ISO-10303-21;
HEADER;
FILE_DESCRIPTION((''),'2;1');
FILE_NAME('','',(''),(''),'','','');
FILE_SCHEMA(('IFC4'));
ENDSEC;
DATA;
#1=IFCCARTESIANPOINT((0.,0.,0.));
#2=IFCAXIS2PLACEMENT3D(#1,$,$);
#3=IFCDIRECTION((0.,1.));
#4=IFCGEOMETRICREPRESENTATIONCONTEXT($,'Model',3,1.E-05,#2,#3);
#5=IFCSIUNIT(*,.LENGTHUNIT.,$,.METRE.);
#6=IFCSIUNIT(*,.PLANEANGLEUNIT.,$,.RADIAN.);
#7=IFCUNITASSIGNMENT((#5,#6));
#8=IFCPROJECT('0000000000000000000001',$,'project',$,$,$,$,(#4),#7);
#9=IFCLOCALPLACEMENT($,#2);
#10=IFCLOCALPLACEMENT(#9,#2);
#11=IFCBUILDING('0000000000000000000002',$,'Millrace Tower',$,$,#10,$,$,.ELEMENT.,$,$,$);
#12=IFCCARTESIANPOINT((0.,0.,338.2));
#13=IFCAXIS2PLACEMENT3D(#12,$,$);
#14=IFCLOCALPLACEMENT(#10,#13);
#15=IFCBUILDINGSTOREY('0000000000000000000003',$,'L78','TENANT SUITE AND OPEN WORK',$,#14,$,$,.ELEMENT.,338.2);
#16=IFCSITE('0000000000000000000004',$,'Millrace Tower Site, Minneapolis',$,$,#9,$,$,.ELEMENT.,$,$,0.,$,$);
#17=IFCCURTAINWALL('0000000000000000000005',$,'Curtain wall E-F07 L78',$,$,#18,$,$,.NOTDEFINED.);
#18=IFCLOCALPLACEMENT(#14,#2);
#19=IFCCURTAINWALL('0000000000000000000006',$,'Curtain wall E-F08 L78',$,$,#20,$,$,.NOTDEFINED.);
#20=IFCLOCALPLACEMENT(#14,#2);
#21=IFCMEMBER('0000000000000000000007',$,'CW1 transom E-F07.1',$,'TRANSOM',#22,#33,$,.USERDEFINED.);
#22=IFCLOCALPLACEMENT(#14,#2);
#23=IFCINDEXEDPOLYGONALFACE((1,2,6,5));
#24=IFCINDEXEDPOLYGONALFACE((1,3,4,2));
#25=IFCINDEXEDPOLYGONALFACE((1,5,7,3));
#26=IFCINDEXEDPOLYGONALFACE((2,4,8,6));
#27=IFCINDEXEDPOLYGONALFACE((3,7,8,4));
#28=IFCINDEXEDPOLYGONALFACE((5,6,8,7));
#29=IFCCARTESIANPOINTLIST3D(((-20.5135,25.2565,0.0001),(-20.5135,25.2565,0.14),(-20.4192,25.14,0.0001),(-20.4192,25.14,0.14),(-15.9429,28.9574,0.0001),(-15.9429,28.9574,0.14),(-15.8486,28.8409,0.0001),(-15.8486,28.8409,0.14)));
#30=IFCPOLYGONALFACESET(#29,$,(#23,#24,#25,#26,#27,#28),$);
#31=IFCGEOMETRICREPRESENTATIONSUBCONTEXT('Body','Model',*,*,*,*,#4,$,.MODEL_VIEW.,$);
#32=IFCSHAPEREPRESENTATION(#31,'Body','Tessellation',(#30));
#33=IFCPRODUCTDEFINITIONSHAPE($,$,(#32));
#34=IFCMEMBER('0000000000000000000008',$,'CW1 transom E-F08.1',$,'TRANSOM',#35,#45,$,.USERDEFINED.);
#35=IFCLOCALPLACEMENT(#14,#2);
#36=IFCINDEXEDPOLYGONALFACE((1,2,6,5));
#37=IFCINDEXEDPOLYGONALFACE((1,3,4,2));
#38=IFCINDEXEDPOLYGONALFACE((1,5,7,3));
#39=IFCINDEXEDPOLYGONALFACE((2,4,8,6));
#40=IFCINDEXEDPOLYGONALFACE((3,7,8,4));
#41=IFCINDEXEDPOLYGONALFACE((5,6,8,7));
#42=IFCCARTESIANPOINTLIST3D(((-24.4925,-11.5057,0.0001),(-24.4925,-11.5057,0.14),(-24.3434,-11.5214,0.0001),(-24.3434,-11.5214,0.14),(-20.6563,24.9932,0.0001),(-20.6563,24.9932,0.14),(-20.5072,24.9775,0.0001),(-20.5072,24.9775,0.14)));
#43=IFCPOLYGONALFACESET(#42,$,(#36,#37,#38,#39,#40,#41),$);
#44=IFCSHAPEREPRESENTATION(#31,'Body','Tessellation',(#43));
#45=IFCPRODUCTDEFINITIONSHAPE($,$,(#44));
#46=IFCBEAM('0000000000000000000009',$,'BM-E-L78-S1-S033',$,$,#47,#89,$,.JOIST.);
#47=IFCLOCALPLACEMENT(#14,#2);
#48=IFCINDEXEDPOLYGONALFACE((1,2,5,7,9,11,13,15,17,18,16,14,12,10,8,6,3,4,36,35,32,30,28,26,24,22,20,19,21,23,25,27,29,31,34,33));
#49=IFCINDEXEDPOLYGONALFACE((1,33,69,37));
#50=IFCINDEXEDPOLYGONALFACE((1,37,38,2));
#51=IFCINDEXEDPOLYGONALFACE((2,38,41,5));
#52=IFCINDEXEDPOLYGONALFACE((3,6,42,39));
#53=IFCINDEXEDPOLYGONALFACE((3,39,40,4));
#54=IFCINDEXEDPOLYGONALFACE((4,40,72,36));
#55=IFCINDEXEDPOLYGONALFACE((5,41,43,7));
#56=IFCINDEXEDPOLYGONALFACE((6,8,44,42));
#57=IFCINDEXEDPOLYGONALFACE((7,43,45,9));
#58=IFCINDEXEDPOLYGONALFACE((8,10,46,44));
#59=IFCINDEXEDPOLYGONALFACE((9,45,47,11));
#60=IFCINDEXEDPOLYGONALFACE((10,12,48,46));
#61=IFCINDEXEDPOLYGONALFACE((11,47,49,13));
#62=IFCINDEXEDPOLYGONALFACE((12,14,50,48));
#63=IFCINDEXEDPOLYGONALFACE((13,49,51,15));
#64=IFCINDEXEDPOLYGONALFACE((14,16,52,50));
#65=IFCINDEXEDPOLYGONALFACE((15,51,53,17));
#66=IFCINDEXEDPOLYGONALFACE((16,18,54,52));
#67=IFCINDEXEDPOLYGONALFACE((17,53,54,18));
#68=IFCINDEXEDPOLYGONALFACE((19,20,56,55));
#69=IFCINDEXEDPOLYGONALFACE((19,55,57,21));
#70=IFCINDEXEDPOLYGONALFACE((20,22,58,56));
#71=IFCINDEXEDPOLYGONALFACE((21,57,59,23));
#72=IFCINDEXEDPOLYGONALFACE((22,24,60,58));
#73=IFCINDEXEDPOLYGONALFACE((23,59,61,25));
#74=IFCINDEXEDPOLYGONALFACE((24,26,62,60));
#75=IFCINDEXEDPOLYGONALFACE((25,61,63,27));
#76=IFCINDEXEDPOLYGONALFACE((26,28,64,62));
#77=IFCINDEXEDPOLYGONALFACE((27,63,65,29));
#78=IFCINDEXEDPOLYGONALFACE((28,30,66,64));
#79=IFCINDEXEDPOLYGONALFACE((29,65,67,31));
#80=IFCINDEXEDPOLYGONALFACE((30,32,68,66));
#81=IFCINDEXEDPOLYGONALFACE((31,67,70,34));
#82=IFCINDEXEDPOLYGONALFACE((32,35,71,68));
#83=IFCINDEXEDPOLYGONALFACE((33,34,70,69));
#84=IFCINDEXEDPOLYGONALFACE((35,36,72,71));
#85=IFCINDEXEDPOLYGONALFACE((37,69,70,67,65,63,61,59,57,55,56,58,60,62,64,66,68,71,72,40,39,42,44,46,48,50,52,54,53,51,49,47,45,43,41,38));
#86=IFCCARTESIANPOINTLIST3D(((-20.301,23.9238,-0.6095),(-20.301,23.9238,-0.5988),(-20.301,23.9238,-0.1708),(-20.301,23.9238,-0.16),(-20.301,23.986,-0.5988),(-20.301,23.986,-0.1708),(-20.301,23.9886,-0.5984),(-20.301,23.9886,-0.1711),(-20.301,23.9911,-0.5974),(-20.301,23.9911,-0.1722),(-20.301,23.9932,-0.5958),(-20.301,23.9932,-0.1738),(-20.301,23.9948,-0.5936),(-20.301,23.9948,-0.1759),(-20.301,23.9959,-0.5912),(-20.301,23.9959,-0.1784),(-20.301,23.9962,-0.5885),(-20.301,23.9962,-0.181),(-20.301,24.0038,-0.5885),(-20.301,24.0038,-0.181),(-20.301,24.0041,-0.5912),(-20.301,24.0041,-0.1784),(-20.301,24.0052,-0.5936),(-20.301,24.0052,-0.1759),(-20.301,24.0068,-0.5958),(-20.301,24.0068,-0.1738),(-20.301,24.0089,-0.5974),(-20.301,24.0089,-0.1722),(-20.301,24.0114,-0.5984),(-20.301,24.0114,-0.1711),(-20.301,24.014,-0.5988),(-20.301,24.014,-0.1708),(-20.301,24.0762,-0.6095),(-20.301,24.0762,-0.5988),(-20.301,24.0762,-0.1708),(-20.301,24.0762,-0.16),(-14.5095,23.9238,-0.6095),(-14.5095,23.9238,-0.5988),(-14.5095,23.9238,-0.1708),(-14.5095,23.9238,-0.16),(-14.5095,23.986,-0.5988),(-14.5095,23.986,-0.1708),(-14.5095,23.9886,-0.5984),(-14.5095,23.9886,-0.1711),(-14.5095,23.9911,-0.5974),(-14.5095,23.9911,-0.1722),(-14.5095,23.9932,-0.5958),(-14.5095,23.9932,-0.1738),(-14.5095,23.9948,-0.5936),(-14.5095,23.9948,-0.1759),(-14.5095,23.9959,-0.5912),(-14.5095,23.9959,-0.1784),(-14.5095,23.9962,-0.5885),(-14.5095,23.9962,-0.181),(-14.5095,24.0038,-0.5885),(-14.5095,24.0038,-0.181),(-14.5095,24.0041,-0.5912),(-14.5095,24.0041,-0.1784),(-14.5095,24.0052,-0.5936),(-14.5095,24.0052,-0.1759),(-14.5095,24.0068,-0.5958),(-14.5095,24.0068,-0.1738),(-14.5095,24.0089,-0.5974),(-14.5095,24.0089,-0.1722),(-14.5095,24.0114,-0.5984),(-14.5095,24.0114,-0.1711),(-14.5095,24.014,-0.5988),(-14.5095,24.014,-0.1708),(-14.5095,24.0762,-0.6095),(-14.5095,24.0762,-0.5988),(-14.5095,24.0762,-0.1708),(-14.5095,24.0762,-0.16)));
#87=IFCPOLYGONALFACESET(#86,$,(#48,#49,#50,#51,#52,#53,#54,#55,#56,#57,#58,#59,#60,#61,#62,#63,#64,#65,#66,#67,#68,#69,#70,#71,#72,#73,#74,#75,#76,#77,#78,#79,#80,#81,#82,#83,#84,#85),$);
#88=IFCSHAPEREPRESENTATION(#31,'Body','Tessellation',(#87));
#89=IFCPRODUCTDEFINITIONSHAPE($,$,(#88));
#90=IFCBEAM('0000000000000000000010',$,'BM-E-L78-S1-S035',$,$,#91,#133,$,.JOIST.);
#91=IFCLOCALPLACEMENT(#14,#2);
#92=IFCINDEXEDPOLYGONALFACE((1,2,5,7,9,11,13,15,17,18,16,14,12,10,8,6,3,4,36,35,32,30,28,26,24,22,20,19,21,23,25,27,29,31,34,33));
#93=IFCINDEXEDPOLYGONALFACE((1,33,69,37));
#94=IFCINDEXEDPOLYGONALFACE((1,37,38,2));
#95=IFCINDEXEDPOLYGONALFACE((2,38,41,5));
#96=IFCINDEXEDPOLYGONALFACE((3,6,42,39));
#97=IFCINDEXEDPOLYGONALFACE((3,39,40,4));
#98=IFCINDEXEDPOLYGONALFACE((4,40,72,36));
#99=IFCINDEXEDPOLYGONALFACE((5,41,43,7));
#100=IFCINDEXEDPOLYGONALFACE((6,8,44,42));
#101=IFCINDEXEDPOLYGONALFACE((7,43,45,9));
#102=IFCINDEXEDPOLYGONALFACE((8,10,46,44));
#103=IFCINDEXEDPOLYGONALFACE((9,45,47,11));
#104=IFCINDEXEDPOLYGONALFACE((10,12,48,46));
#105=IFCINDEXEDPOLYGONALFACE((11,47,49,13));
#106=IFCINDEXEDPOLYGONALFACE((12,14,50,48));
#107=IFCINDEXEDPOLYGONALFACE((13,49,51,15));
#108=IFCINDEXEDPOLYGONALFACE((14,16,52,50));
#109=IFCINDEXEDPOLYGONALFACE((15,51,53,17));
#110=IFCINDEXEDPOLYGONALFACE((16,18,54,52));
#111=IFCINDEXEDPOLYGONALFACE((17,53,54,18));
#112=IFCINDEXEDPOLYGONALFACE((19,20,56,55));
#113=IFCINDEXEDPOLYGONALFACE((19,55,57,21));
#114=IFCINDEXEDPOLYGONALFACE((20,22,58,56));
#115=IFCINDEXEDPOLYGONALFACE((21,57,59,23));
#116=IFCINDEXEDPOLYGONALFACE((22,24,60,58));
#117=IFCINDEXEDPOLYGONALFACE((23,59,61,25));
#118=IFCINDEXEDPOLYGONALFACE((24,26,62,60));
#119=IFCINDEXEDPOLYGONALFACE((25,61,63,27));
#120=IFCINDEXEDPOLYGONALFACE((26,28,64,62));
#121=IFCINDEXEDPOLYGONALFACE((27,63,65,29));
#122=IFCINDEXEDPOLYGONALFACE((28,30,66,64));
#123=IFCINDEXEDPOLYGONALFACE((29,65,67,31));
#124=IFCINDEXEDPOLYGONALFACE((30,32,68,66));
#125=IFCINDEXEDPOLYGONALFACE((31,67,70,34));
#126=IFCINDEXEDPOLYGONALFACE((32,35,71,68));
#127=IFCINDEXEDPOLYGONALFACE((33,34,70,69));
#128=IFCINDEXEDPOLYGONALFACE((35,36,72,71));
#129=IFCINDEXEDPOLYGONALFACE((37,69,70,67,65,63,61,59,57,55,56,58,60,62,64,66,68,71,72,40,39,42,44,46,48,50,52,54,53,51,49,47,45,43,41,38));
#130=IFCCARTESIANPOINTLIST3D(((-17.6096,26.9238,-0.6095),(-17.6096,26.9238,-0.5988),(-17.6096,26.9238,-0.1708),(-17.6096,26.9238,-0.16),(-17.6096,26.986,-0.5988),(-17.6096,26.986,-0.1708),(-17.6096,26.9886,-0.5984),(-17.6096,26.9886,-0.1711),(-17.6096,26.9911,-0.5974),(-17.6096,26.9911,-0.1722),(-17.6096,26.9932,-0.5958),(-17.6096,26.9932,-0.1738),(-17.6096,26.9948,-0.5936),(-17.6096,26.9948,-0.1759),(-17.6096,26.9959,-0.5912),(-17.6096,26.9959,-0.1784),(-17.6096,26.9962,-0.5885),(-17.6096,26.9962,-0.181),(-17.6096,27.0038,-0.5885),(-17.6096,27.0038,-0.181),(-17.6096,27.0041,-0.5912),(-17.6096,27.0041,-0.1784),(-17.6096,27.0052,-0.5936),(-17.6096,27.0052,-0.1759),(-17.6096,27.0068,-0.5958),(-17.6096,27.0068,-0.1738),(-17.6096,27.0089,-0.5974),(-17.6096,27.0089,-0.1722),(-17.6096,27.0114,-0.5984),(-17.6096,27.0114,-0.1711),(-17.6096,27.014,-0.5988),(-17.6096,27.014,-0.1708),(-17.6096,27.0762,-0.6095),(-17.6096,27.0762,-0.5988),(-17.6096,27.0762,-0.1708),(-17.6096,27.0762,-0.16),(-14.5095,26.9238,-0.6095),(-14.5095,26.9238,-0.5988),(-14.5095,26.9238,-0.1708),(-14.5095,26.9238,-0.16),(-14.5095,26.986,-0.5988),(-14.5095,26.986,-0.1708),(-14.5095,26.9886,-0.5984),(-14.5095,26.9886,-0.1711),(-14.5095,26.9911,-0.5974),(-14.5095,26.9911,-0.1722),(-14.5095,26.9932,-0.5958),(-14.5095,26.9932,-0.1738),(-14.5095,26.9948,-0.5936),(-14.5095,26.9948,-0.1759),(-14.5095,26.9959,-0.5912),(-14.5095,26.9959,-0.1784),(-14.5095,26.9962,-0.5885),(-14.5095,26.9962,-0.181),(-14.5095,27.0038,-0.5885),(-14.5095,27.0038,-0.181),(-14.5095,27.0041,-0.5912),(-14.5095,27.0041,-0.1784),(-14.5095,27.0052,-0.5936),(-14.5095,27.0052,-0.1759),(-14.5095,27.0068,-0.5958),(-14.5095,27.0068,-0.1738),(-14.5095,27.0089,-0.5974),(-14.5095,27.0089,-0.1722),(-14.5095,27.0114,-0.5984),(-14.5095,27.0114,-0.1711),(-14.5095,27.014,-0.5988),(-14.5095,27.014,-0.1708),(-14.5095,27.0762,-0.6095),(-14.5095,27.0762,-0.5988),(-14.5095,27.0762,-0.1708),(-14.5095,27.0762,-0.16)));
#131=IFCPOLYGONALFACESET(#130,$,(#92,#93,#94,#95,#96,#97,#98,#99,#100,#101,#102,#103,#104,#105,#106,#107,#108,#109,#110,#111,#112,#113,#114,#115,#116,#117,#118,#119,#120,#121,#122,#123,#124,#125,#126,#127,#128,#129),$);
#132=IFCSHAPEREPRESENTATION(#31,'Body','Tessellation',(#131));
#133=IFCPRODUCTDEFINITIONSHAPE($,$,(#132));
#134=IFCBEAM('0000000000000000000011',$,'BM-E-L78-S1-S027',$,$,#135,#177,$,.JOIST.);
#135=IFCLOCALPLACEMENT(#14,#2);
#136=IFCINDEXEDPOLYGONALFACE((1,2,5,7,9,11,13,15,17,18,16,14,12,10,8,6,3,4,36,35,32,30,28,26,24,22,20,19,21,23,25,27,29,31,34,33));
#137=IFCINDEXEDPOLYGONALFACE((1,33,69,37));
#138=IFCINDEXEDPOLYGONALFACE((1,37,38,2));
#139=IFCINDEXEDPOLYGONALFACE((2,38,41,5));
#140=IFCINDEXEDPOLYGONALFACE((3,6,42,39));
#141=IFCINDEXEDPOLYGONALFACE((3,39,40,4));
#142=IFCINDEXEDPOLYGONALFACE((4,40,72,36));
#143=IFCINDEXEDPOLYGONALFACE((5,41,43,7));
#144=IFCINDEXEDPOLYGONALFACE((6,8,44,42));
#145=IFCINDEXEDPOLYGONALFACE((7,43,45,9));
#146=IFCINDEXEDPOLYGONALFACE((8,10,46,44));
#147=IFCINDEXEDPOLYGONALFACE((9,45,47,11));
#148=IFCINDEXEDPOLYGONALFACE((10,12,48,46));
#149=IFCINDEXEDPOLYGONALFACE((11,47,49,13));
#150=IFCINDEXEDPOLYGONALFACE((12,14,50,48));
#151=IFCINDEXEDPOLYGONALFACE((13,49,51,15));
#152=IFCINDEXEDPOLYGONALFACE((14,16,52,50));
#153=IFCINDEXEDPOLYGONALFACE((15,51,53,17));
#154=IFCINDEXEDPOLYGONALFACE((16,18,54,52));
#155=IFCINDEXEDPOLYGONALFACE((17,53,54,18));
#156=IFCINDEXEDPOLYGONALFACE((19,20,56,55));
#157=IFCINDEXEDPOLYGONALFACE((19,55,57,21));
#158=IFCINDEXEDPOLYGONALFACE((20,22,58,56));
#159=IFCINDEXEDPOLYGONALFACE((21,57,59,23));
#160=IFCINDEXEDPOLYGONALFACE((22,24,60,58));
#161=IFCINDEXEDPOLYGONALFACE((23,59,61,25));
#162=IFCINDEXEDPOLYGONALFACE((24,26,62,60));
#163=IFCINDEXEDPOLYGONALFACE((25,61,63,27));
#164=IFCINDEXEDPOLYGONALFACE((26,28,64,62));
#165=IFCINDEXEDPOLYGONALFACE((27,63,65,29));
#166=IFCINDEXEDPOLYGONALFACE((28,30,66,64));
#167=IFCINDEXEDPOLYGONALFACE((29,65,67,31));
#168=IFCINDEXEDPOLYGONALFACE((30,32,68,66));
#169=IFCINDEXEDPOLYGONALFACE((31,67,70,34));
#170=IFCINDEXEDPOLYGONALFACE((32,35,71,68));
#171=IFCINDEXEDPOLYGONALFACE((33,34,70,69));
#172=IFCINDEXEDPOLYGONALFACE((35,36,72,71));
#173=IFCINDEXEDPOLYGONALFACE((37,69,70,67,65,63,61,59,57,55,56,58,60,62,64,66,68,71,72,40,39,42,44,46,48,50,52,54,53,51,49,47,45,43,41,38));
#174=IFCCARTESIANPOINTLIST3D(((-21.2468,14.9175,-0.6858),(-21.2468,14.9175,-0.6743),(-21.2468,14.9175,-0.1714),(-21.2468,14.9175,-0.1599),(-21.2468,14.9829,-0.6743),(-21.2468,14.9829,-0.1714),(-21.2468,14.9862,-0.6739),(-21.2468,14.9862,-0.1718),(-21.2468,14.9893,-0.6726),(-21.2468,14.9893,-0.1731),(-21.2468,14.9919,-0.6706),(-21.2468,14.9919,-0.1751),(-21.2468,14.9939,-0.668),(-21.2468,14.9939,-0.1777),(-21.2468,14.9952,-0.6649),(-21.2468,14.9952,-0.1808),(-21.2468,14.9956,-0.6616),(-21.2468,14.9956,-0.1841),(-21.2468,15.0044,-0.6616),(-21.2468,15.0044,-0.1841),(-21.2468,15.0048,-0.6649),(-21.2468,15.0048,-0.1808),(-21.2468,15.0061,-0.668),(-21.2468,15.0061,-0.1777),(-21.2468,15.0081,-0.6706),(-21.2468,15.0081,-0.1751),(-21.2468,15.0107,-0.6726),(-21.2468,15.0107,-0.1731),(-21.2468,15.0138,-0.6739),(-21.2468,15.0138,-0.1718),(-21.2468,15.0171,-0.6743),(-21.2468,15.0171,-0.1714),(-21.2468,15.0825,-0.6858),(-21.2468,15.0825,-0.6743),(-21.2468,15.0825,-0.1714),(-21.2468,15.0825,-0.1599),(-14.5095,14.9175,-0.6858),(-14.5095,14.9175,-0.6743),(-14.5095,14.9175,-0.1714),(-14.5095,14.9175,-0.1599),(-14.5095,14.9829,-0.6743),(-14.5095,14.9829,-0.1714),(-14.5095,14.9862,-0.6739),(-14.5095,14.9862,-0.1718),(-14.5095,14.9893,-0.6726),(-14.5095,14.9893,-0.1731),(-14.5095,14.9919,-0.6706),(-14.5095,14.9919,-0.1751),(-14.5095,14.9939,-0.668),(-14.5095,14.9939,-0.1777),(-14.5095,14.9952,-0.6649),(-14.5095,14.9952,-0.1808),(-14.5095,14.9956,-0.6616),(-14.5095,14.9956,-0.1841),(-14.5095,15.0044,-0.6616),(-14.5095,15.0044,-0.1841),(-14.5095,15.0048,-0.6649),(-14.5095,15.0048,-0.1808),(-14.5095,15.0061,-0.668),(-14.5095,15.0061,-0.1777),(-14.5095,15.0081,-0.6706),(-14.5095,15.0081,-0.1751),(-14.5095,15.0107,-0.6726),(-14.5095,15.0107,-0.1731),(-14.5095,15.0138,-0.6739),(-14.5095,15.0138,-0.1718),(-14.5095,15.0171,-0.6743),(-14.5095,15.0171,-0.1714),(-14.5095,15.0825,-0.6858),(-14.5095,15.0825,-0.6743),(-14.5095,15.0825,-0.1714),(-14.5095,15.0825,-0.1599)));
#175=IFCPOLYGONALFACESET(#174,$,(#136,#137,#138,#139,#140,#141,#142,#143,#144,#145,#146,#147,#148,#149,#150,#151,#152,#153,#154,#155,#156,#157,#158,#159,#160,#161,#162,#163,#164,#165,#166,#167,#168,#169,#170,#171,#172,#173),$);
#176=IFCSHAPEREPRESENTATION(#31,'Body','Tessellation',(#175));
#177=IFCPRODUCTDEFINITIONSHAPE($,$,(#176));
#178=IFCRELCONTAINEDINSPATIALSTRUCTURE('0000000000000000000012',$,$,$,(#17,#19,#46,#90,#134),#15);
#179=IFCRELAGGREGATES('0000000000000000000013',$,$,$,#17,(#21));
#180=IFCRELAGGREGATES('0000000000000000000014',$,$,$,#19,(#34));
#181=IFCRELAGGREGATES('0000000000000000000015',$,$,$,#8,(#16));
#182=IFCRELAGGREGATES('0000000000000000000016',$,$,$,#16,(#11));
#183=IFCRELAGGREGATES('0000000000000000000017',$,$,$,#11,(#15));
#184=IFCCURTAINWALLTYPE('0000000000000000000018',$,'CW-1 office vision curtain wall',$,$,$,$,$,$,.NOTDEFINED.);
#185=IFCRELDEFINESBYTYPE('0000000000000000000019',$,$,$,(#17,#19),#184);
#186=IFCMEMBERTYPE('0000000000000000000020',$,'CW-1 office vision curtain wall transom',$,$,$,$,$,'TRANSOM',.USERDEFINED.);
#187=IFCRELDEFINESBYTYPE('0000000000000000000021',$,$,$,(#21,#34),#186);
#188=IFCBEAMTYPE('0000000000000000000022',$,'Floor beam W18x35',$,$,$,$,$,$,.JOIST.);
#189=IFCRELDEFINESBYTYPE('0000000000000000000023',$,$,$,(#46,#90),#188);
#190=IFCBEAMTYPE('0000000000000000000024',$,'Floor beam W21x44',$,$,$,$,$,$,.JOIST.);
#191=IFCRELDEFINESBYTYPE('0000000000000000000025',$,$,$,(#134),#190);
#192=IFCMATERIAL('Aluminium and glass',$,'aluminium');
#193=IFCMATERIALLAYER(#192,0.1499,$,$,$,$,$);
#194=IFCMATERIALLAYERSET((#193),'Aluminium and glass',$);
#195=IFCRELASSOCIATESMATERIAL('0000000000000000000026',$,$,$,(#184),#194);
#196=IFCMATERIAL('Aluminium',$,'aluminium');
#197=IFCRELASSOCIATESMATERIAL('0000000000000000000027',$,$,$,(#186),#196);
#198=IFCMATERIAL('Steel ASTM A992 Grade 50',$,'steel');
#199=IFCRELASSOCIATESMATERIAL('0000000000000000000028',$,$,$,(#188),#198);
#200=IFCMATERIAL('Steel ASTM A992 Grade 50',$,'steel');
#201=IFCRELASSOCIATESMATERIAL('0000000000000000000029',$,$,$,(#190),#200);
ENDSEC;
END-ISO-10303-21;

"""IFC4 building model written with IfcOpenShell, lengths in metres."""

from ifc_helpers import new_model, si_unit, direction, frame, origin, origin_2d, place, context, subcontext, project, spatial, rectangle, i_section, extrude, material, layer, layer_set, material_profile, profile_set, type_object, element, aggregate, save


model = new_model("IFC4")

# Units and contexts
model_context = context("Model", 3, precision=1e-05, world=origin(), true_north=direction((0.0, 1.0)))
body_context = subcontext(model_context, "Body", "Model", "MODEL_VIEW")
ifc_project = project(units=[si_unit("LENGTHUNIT", "METRE"), si_unit("PLANEANGLEUNIT", "RADIAN")], contexts=[model_context])

# Site, building, storey
site_placement = place(None, origin())
site = spatial("IfcSite", under=ifc_project, at=site_placement, Name="Millrace Tower Site, Minneapolis", CompositionType="ELEMENT", RefElevation=0.0)
building_placement = place(site_placement, origin())
building = spatial("IfcBuilding", under=site, at=building_placement, Name="Millrace Tower", CompositionType="ELEMENT")
storey_placement = place(building_placement, frame((0.0, 0.0, 338.2)))
storey = spatial("IfcBuildingStorey", under=building, at=storey_placement, Name="L78", Description="TENANT SUITE AND OPEN WORK", CompositionType="ELEMENT", Elevation=338.2)

# Curtain wall
ifc_material_1 = material(Name="Aluminium and glass", Category="aluminium")
ifc_layer_1 = layer(ifc_material_1, 0.1499)
ifc_layer_set_1 = layer_set([ifc_layer_1], Name="Aluminium and glass")
curtain_wall_type = type_object("IfcCurtainWallType", Name="CW-1 office vision curtain wall", PredefinedType="NOTDEFINED", material=ifc_layer_set_1)
placement = place(storey_placement, origin())
curtain_wall_1 = element("IfcCurtainWall", 1, at=placement, inside=storey, type_object=curtain_wall_type, Name="Curtain wall E-F07 L78", PredefinedType="NOTDEFINED")

# Curtain wall
curtain_wall_2 = element("IfcCurtainWall", 2, at=placement, inside=storey, type_object=curtain_wall_type, Name="Curtain wall E-F08 L78", PredefinedType="NOTDEFINED")

# Members
ifc_material_2 = material(Name="Aluminium", Category="aluminium")
ifc_material_profile_1 = material_profile(ifc_material_2, rectangle(XDim=0.1499, YDim=0.1399, at=origin_2d()))
ifc_profile_set_1 = profile_set([ifc_material_profile_1], Name="Aluminium")
member_type_1 = type_object("IfcMemberType", Name="CW-1 office vision curtain wall transom", ElementType="TRANSOM", PredefinedType="USERDEFINED", material=ifc_profile_set_1)
member_1_placement = place(storey_placement, frame((-15.8958, 28.8992, 0.0701), z_axis=(-0.777166, -0.629296, 0.0), x_axis=(0.629296, -0.777166, 0.0)))
member_1 = element("IfcMember", 3, at=member_1_placement, type_object=member_type_1, Name="CW1 transom E-F07.1", ObjectType="TRANSOM", PredefinedType="USERDEFINED", context=body_context, shape_type="SweptSolid", body=[
    extrude(rectangle(XDim=0.1499, YDim=0.1399, at=origin_2d()), origin(), (0.0, 0.0, 1.0), 5.8811),
])
aggregate(curtain_wall_1, [member_1])
member_2_placement = place(storey_placement, frame((-20.5818, 24.9854, 0.0701), z_axis=(-0.104528, -0.994522, 0.0), x_axis=(0.994522, -0.104528, 0.0)))
member_2 = element("IfcMember", 4, at=member_2_placement, type_object=member_type_1, Name="CW1 transom E-F08.1", ObjectType="TRANSOM", PredefinedType="USERDEFINED", context=body_context, shape_type="SweptSolid", body=[
    extrude(rectangle(XDim=0.1499, YDim=0.1399, at=origin_2d()), origin(), (0.0, 0.0, 1.0), 36.7),
])
aggregate(curtain_wall_2, [member_2])

# Beams
ifc_material_3 = material(Name="Steel ASTM A992 Grade 50", Category="steel")
ifc_material_profile_2 = material_profile(ifc_material_3, i_section(OverallWidth=0.1523, OverallDepth=0.4495, WebThickness=0.0076, FlangeThickness=0.0107, FilletRadius=0.0103, at=origin_2d()))
ifc_profile_set_2 = profile_set([ifc_material_profile_2], Name="Steel ASTM A992 Grade 50")
beam_type_1 = type_object("IfcBeamType", Name="Floor beam W18x35", PredefinedType="JOIST", material=ifc_profile_set_2)
beam_1_placement = place(storey_placement, frame((-20.301, 24.0, -0.3848), z_axis=(1.0, 0.0, 0.0), x_axis=(0.0, 1.0, 0.0)))
element("IfcBeam", 5, at=beam_1_placement, inside=storey, type_object=beam_type_1, Name="BM-E-L78-S1-S033", PredefinedType="JOIST", context=body_context, shape_type="SweptSolid", body=[
    extrude(i_section(OverallWidth=0.1523, OverallDepth=0.4495, WebThickness=0.0076, FlangeThickness=0.0107, FilletRadius=0.0103, at=origin_2d()), origin(), (0.0, 0.0, 1.0), 5.7915),
])
beam_2_placement = place(storey_placement, frame((-17.6096, 27.0, -0.3848), z_axis=(1.0, 0.0, 0.0), x_axis=(0.0, 1.0, 0.0)))
element("IfcBeam", 6, at=beam_2_placement, inside=storey, type_object=beam_type_1, Name="BM-E-L78-S1-S035", PredefinedType="JOIST", context=body_context, shape_type="SweptSolid", body=[
    extrude(i_section(OverallWidth=0.1523, OverallDepth=0.4495, WebThickness=0.0076, FlangeThickness=0.0107, FilletRadius=0.0103, at=origin_2d()), origin(), (0.0, 0.0, 1.0), 3.1001),
])
ifc_material_4 = material(Name="Steel ASTM A992 Grade 50", Category="steel")
ifc_material_profile_3 = material_profile(ifc_material_4, i_section(OverallWidth=0.165, OverallDepth=0.5259, WebThickness=0.0088, FlangeThickness=0.0115, FilletRadius=0.0127, at=origin_2d()))
ifc_profile_set_3 = profile_set([ifc_material_profile_3], Name="Steel ASTM A992 Grade 50")
beam_type_2 = type_object("IfcBeamType", Name="Floor beam W21x44", PredefinedType="JOIST", material=ifc_profile_set_3)
beam_3_placement = place(storey_placement, frame((-21.2468, 15.0, -0.4229), z_axis=(1.0, 0.0, 0.0), x_axis=(0.0, 1.0, 0.0)))
element("IfcBeam", 7, at=beam_3_placement, inside=storey, type_object=beam_type_2, Name="BM-E-L78-S1-S027", PredefinedType="JOIST", context=body_context, shape_type="SweptSolid", body=[
    extrude(i_section(OverallWidth=0.165, OverallDepth=0.5259, WebThickness=0.0088, FlangeThickness=0.0115, FilletRadius=0.0127, at=origin_2d()), origin(), (0.0, 0.0, 1.0), 6.7373),
])

save(model, "model.ifc")
